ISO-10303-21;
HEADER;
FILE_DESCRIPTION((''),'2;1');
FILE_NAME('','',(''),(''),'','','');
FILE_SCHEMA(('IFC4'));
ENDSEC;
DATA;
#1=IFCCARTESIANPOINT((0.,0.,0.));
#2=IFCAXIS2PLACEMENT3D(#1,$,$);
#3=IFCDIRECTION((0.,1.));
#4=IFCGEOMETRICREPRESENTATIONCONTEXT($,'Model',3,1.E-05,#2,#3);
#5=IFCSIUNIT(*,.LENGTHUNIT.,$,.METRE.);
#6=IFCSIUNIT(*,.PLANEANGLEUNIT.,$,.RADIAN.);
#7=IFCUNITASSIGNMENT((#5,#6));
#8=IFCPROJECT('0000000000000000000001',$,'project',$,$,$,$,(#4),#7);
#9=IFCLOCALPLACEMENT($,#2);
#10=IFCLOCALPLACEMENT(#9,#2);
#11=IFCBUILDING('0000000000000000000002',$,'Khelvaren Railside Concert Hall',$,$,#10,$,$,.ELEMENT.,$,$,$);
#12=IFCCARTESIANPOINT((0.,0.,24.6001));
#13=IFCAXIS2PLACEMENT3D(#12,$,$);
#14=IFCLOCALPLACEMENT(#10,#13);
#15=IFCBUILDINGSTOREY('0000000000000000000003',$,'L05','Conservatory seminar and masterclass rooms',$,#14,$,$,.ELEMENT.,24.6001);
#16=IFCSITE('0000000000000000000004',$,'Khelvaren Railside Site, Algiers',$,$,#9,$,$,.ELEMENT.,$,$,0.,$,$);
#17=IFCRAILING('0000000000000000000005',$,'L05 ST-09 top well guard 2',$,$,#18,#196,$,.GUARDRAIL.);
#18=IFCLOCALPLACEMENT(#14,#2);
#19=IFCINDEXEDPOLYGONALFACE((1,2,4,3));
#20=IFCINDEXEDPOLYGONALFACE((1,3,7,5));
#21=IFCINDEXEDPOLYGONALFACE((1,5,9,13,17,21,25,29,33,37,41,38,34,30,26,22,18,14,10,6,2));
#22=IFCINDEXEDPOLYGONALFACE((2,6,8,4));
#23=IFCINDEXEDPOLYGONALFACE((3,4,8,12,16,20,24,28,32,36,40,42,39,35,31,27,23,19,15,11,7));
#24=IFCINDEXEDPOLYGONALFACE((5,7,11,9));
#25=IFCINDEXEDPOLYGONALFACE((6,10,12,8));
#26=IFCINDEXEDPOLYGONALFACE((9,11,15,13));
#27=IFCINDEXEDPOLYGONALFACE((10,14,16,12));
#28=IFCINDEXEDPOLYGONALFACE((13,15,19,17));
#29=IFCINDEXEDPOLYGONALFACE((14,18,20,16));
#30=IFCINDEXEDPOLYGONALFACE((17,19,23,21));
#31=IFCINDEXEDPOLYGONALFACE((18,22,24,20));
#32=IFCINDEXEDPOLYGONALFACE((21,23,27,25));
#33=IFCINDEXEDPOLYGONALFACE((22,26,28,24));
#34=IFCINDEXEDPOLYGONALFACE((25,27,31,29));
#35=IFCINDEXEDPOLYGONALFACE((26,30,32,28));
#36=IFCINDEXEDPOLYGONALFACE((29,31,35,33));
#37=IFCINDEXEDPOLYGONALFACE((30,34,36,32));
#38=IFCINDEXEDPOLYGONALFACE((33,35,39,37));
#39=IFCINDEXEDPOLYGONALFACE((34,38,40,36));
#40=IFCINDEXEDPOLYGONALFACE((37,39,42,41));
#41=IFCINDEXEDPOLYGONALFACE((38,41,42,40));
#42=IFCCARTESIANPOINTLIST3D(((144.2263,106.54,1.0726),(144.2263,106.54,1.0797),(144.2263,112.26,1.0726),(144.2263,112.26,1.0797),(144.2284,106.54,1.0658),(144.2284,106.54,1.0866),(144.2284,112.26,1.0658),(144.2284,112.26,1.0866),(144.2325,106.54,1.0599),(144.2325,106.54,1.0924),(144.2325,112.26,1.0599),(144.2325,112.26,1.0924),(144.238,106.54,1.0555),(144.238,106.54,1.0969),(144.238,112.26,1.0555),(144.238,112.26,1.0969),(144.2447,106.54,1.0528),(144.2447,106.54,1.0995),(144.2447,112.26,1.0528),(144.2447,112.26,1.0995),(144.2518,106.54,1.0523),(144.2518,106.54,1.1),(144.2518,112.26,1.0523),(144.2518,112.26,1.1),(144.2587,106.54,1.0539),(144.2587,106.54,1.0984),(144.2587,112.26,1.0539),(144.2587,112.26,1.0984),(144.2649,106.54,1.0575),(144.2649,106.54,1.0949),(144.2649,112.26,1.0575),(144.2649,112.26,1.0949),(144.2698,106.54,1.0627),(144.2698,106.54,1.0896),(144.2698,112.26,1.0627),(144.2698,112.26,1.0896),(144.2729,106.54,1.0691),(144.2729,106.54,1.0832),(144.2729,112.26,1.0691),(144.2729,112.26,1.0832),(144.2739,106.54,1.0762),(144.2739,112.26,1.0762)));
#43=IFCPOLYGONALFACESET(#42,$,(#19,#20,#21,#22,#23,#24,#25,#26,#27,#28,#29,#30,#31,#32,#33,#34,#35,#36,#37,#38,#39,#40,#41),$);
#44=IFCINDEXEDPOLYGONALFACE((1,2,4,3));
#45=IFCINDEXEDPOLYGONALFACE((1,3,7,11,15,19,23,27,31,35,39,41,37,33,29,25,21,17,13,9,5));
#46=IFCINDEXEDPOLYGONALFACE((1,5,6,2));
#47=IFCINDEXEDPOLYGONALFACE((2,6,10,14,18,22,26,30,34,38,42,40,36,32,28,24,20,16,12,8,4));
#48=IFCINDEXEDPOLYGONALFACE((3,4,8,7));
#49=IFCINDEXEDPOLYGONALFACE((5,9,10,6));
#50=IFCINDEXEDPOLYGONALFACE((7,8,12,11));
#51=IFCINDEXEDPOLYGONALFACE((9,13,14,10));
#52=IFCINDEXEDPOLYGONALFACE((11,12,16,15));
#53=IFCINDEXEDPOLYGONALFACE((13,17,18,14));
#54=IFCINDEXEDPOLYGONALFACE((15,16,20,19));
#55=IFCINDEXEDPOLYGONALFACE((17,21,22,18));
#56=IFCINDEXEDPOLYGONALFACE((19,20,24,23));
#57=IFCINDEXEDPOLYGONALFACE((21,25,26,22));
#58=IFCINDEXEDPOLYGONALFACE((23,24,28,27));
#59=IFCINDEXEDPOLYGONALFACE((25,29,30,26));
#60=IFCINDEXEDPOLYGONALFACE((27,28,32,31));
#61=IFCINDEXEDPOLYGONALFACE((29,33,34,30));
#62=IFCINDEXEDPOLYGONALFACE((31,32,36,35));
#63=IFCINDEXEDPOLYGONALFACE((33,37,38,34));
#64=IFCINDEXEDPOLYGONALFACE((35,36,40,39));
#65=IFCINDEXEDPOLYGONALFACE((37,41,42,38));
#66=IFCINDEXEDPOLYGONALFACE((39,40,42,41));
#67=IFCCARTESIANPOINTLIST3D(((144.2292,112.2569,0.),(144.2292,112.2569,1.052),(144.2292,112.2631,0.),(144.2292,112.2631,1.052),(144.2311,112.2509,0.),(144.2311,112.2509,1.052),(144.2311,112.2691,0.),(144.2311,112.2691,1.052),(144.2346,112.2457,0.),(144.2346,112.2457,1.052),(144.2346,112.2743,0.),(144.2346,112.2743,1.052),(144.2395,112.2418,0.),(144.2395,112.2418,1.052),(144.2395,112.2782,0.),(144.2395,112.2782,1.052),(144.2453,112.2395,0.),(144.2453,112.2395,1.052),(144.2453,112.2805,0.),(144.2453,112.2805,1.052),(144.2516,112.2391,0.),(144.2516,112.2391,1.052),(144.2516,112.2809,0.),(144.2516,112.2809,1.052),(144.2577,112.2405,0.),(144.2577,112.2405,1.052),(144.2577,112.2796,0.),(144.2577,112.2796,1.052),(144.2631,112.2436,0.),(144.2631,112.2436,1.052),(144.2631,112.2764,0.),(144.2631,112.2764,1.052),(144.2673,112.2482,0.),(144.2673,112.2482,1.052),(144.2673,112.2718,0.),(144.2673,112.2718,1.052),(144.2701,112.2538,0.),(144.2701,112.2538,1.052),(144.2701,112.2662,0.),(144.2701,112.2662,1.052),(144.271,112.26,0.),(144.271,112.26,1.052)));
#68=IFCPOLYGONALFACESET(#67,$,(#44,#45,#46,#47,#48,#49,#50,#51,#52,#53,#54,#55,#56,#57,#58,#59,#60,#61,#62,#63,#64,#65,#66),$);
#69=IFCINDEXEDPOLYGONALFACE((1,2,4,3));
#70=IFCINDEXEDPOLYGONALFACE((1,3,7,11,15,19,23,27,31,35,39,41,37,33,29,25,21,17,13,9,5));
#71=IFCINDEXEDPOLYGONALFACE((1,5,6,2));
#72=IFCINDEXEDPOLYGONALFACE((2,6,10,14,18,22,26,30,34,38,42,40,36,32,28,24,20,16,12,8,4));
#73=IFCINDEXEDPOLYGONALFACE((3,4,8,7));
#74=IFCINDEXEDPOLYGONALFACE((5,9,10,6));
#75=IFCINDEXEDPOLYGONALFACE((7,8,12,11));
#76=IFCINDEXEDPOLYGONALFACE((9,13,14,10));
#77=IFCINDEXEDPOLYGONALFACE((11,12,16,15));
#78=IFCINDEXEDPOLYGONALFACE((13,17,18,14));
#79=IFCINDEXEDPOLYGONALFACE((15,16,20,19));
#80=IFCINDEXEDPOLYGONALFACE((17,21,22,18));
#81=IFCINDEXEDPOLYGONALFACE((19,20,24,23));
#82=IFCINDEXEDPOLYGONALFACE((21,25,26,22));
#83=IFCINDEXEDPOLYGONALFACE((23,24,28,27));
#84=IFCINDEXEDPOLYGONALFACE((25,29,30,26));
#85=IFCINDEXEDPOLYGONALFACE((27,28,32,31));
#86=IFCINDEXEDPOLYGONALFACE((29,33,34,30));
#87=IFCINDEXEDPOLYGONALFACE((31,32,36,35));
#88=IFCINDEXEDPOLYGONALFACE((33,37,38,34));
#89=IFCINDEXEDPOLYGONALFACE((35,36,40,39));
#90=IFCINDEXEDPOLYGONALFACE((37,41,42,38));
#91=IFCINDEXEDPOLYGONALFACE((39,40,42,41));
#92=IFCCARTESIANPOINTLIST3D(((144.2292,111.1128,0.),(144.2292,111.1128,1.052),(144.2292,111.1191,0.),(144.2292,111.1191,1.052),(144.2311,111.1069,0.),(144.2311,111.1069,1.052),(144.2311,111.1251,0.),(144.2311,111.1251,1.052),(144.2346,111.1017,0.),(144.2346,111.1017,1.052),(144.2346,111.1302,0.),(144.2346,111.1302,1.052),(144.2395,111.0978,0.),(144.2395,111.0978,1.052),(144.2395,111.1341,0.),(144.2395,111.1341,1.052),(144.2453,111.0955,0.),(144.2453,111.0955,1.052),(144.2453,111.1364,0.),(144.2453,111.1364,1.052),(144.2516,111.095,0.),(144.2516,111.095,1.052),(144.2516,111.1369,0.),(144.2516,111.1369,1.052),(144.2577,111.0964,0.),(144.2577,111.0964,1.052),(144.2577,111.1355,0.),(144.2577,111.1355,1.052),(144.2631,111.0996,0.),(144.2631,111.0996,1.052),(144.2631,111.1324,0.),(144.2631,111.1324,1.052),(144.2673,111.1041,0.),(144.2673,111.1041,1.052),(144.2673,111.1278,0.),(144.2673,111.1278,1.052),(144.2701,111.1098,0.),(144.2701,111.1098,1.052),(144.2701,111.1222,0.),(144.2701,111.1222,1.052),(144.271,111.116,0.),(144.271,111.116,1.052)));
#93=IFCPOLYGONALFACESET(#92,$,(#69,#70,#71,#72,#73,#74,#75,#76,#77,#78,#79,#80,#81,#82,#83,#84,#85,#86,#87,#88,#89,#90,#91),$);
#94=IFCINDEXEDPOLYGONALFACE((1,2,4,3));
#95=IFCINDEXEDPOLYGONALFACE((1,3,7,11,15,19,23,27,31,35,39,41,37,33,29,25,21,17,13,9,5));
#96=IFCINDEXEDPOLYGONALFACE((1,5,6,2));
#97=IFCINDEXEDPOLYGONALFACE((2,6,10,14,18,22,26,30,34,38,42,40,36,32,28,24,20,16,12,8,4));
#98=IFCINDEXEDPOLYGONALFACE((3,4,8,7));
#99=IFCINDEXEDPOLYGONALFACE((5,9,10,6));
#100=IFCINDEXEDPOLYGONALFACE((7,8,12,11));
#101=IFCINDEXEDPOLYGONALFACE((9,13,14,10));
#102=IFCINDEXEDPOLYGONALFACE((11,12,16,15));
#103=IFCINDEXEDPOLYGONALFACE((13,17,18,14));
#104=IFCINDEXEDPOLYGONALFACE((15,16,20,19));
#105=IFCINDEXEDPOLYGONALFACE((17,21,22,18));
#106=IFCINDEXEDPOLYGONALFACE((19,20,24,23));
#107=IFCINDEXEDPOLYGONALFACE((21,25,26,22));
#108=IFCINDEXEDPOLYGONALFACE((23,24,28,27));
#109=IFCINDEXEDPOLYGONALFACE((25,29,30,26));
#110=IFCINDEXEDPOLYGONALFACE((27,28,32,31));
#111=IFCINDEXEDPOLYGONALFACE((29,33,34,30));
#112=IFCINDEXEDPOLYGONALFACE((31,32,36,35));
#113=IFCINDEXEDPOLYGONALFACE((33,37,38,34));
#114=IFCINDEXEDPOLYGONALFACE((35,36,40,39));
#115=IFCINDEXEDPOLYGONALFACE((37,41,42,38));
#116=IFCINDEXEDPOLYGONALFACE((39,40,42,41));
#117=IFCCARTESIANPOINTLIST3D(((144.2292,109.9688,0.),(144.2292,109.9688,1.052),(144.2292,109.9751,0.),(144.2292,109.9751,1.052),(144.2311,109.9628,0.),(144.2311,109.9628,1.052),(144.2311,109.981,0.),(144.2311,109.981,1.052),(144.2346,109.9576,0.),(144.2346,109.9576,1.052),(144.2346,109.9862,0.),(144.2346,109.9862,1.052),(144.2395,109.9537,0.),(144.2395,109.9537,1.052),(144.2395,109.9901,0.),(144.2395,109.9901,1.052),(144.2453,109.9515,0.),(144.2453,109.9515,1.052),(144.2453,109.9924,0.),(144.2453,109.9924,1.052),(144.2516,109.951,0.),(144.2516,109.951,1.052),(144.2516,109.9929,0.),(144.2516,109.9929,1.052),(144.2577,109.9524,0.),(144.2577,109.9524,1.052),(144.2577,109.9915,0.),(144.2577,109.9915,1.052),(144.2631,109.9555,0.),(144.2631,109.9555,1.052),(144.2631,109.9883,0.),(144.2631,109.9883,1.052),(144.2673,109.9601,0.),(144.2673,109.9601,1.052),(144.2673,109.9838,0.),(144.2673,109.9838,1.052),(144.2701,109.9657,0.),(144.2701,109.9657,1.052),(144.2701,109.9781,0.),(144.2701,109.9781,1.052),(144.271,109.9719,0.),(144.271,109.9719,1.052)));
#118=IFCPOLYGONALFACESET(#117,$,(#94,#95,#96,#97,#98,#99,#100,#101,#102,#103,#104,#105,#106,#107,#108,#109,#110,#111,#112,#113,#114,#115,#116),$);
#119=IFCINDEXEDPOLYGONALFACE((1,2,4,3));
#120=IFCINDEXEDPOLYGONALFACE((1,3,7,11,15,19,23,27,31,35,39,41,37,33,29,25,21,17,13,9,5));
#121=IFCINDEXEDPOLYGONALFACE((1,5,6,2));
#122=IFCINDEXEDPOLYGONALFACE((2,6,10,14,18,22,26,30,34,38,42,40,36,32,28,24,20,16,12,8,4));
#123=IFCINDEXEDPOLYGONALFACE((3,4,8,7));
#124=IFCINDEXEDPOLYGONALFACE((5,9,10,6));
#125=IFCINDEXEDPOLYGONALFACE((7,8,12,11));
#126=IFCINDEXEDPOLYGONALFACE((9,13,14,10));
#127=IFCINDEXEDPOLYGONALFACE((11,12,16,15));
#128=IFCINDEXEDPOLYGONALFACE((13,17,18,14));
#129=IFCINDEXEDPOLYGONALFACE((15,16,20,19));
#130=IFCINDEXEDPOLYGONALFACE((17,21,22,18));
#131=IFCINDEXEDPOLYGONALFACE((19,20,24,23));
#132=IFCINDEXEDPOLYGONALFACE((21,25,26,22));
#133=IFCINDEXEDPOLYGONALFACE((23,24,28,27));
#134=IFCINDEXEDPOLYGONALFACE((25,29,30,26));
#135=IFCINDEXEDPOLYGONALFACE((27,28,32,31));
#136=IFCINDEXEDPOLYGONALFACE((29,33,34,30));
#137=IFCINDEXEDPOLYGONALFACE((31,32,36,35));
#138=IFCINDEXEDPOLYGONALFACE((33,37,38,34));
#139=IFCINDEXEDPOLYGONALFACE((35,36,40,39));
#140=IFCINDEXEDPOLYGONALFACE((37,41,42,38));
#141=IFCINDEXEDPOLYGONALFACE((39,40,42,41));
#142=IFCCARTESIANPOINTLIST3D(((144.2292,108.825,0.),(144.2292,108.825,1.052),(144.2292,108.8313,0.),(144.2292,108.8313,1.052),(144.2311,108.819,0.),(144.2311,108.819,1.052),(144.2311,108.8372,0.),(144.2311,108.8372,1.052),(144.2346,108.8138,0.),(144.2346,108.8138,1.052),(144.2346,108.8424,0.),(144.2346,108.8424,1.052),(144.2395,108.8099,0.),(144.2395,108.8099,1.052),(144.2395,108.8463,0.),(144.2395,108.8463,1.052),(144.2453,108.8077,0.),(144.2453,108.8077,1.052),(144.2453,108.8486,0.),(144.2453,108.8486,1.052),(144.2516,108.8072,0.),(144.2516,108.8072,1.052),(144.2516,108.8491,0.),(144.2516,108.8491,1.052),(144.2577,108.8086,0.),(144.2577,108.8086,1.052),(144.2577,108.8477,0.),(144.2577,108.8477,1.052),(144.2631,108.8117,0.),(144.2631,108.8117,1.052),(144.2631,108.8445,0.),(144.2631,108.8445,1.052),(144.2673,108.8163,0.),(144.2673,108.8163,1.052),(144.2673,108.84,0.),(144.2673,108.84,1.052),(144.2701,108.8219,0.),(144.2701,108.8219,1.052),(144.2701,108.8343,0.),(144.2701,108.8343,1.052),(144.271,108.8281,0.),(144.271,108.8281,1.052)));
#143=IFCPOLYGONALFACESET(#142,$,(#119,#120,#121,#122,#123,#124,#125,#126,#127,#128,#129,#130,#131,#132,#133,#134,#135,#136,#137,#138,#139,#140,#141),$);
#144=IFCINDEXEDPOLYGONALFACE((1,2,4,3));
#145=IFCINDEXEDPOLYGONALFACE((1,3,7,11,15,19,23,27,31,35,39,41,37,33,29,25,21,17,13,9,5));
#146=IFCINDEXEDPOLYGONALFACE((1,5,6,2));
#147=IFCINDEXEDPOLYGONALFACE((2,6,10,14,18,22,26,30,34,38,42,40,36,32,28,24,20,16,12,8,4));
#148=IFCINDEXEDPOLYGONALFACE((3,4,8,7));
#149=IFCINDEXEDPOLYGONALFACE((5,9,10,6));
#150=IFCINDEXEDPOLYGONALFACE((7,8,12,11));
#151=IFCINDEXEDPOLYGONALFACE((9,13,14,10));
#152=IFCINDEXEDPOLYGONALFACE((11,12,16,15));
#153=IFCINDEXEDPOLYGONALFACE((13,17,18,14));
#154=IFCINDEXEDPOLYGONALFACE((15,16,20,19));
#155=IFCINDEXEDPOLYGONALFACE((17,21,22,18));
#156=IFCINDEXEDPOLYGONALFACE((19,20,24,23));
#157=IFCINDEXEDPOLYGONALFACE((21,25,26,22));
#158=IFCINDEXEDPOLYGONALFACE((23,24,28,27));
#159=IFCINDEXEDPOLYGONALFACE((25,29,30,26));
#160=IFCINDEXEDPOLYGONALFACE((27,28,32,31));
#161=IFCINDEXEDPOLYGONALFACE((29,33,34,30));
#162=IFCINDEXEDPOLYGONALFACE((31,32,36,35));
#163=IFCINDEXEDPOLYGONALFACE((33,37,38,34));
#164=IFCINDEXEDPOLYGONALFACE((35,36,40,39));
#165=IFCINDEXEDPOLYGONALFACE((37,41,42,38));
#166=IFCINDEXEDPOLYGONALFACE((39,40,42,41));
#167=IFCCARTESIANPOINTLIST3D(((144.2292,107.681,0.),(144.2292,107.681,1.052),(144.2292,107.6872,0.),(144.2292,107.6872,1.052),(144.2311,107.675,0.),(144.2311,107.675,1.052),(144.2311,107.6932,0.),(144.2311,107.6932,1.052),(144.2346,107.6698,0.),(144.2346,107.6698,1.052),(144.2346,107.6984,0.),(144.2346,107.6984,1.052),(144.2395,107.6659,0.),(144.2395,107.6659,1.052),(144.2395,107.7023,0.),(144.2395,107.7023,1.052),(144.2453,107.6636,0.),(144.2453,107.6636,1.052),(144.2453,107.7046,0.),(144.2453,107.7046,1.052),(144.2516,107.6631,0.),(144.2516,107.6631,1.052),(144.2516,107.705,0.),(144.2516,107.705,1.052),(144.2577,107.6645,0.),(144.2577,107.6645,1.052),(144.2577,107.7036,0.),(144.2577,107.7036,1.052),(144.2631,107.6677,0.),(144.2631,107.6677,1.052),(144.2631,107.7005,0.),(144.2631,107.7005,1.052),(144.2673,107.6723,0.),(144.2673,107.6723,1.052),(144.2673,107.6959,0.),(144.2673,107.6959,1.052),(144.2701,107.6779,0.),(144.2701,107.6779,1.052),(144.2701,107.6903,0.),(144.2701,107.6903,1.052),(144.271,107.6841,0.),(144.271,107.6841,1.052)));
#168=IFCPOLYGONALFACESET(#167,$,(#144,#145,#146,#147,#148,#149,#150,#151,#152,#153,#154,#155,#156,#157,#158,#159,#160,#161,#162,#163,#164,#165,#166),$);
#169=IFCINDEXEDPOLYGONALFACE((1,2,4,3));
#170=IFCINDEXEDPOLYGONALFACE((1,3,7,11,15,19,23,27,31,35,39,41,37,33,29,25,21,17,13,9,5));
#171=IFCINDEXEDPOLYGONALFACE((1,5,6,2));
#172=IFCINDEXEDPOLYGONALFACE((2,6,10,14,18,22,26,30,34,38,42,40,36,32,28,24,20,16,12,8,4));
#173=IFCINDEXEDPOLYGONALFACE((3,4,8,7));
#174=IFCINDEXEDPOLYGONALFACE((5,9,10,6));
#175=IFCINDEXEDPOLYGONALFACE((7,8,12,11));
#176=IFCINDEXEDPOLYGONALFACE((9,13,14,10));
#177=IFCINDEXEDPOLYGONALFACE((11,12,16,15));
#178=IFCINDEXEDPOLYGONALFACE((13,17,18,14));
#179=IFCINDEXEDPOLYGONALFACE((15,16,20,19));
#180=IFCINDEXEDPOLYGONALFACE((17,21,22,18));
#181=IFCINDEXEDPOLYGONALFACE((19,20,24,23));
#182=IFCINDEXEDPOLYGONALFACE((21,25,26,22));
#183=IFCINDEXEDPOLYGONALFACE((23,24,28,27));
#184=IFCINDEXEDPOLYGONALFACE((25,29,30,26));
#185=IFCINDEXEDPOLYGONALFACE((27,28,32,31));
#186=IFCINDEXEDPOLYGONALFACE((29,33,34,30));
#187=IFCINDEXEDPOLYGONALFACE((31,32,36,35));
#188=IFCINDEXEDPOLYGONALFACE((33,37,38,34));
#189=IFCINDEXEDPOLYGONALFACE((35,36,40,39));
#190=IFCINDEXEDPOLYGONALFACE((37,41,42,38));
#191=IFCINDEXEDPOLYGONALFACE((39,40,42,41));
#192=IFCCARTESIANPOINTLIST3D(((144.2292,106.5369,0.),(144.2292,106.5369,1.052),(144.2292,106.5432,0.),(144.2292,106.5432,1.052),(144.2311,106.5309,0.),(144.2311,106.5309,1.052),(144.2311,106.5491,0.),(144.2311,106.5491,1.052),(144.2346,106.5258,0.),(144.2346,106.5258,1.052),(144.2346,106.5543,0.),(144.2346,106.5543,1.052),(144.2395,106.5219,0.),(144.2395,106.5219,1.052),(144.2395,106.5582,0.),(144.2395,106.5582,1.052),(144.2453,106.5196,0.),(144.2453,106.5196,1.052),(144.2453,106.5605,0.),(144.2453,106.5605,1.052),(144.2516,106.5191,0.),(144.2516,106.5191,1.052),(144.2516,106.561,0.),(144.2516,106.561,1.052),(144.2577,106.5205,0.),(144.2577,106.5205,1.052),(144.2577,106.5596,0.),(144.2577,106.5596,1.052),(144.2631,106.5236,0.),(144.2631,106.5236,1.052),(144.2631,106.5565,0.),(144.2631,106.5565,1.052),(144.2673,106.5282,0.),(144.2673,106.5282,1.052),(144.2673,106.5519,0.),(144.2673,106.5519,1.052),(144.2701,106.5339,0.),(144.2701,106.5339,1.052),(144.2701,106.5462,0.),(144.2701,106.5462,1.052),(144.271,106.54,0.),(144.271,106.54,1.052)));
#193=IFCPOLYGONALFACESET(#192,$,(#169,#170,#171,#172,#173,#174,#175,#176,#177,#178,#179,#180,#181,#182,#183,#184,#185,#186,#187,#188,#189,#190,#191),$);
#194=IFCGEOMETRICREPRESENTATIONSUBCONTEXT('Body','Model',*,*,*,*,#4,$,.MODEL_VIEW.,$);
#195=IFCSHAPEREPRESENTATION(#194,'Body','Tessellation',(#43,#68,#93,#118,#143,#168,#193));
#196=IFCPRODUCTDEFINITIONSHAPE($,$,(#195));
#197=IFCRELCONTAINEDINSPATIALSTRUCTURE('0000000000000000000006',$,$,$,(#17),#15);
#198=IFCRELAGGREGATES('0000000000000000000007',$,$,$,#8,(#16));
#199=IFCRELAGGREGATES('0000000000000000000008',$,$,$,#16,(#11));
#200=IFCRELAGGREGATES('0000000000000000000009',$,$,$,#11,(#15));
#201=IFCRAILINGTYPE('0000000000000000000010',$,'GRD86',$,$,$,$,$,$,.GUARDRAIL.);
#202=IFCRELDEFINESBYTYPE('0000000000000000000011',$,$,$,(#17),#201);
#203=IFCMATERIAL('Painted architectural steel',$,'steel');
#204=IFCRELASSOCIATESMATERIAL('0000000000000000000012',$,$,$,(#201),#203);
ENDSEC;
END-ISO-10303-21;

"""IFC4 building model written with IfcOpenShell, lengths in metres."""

from ifc_helpers import new_model, si_unit, direction, frame, origin, origin_2d, place, context, subcontext, project, spatial, circle, extrude, material, type_object, element, save


model = new_model("IFC4")

# Units and contexts
model_context = context("Model", 3, precision=1e-05, world=origin(), true_north=direction((0.0, 1.0)))
body_context = subcontext(model_context, "Body", "Model", "MODEL_VIEW")
ifc_project = project(units=[si_unit("LENGTHUNIT", "METRE"), si_unit("PLANEANGLEUNIT", "RADIAN")], contexts=[model_context])

# Site, building, storey
site_placement = place(None, origin())
site = spatial("IfcSite", under=ifc_project, at=site_placement, Name="Khelvaren Railside Site, Algiers", CompositionType="ELEMENT", RefElevation=0.0)
building_placement = place(site_placement, origin())
building = spatial("IfcBuilding", under=site, at=building_placement, Name="Khelvaren Railside Concert Hall", CompositionType="ELEMENT")
storey_placement = place(building_placement, frame((0.0, 0.0, 24.6001)))
storey = spatial("IfcBuildingStorey", under=building, at=storey_placement, Name="L05", Description="Conservatory seminar and masterclass rooms", CompositionType="ELEMENT", Elevation=24.6001)

# Railing
ifc_material_1 = material(Name="Painted architectural steel", Category="steel")
railing_type = type_object("IfcRailingType", Name="GRD86", PredefinedType="GUARDRAIL", material=ifc_material_1)
railing_1_placement = place(storey_placement, frame((144.25, 112.26, 0.0)))
element("IfcRailing", 1, at=railing_1_placement, inside=storey, type_object=railing_type, Name="L05 ST-09 top well guard 2", PredefinedType="GUARDRAIL", context=body_context, shape_type="SweptSolid", body=[
    extrude(circle(Radius=0.0239, at=origin_2d()), frame((0.0, 0.0, 1.0762), z_axis=(0.0, -1.0, 0.0), x_axis=(1.0, 0.0, 0.0)), (0.0, 0.0, 1.0), 5.72),
    extrude(circle(Radius=0.021, at=origin_2d()), origin(), (0.0, 0.0, 1.0), 1.052),
    extrude(circle(Radius=0.021, at=origin_2d()), frame((0.0, -1.144, 0.0)), (0.0, 0.0, 1.0), 1.052),
    extrude(circle(Radius=0.021, at=origin_2d()), frame((0.0, -2.2881, 0.0)), (0.0, 0.0, 1.0), 1.052),
    extrude(circle(Radius=0.021, at=origin_2d()), frame((0.0, -3.4319, 0.0)), (0.0, 0.0, 1.0), 1.052),
    extrude(circle(Radius=0.021, at=origin_2d()), frame((0.0, -4.5759, 0.0)), (0.0, 0.0, 1.0), 1.052),
    extrude(circle(Radius=0.021, at=origin_2d()), frame((0.0, -5.72, 0.0)), (0.0, 0.0, 1.0), 1.052),
])

save(model, "model.ifc")
